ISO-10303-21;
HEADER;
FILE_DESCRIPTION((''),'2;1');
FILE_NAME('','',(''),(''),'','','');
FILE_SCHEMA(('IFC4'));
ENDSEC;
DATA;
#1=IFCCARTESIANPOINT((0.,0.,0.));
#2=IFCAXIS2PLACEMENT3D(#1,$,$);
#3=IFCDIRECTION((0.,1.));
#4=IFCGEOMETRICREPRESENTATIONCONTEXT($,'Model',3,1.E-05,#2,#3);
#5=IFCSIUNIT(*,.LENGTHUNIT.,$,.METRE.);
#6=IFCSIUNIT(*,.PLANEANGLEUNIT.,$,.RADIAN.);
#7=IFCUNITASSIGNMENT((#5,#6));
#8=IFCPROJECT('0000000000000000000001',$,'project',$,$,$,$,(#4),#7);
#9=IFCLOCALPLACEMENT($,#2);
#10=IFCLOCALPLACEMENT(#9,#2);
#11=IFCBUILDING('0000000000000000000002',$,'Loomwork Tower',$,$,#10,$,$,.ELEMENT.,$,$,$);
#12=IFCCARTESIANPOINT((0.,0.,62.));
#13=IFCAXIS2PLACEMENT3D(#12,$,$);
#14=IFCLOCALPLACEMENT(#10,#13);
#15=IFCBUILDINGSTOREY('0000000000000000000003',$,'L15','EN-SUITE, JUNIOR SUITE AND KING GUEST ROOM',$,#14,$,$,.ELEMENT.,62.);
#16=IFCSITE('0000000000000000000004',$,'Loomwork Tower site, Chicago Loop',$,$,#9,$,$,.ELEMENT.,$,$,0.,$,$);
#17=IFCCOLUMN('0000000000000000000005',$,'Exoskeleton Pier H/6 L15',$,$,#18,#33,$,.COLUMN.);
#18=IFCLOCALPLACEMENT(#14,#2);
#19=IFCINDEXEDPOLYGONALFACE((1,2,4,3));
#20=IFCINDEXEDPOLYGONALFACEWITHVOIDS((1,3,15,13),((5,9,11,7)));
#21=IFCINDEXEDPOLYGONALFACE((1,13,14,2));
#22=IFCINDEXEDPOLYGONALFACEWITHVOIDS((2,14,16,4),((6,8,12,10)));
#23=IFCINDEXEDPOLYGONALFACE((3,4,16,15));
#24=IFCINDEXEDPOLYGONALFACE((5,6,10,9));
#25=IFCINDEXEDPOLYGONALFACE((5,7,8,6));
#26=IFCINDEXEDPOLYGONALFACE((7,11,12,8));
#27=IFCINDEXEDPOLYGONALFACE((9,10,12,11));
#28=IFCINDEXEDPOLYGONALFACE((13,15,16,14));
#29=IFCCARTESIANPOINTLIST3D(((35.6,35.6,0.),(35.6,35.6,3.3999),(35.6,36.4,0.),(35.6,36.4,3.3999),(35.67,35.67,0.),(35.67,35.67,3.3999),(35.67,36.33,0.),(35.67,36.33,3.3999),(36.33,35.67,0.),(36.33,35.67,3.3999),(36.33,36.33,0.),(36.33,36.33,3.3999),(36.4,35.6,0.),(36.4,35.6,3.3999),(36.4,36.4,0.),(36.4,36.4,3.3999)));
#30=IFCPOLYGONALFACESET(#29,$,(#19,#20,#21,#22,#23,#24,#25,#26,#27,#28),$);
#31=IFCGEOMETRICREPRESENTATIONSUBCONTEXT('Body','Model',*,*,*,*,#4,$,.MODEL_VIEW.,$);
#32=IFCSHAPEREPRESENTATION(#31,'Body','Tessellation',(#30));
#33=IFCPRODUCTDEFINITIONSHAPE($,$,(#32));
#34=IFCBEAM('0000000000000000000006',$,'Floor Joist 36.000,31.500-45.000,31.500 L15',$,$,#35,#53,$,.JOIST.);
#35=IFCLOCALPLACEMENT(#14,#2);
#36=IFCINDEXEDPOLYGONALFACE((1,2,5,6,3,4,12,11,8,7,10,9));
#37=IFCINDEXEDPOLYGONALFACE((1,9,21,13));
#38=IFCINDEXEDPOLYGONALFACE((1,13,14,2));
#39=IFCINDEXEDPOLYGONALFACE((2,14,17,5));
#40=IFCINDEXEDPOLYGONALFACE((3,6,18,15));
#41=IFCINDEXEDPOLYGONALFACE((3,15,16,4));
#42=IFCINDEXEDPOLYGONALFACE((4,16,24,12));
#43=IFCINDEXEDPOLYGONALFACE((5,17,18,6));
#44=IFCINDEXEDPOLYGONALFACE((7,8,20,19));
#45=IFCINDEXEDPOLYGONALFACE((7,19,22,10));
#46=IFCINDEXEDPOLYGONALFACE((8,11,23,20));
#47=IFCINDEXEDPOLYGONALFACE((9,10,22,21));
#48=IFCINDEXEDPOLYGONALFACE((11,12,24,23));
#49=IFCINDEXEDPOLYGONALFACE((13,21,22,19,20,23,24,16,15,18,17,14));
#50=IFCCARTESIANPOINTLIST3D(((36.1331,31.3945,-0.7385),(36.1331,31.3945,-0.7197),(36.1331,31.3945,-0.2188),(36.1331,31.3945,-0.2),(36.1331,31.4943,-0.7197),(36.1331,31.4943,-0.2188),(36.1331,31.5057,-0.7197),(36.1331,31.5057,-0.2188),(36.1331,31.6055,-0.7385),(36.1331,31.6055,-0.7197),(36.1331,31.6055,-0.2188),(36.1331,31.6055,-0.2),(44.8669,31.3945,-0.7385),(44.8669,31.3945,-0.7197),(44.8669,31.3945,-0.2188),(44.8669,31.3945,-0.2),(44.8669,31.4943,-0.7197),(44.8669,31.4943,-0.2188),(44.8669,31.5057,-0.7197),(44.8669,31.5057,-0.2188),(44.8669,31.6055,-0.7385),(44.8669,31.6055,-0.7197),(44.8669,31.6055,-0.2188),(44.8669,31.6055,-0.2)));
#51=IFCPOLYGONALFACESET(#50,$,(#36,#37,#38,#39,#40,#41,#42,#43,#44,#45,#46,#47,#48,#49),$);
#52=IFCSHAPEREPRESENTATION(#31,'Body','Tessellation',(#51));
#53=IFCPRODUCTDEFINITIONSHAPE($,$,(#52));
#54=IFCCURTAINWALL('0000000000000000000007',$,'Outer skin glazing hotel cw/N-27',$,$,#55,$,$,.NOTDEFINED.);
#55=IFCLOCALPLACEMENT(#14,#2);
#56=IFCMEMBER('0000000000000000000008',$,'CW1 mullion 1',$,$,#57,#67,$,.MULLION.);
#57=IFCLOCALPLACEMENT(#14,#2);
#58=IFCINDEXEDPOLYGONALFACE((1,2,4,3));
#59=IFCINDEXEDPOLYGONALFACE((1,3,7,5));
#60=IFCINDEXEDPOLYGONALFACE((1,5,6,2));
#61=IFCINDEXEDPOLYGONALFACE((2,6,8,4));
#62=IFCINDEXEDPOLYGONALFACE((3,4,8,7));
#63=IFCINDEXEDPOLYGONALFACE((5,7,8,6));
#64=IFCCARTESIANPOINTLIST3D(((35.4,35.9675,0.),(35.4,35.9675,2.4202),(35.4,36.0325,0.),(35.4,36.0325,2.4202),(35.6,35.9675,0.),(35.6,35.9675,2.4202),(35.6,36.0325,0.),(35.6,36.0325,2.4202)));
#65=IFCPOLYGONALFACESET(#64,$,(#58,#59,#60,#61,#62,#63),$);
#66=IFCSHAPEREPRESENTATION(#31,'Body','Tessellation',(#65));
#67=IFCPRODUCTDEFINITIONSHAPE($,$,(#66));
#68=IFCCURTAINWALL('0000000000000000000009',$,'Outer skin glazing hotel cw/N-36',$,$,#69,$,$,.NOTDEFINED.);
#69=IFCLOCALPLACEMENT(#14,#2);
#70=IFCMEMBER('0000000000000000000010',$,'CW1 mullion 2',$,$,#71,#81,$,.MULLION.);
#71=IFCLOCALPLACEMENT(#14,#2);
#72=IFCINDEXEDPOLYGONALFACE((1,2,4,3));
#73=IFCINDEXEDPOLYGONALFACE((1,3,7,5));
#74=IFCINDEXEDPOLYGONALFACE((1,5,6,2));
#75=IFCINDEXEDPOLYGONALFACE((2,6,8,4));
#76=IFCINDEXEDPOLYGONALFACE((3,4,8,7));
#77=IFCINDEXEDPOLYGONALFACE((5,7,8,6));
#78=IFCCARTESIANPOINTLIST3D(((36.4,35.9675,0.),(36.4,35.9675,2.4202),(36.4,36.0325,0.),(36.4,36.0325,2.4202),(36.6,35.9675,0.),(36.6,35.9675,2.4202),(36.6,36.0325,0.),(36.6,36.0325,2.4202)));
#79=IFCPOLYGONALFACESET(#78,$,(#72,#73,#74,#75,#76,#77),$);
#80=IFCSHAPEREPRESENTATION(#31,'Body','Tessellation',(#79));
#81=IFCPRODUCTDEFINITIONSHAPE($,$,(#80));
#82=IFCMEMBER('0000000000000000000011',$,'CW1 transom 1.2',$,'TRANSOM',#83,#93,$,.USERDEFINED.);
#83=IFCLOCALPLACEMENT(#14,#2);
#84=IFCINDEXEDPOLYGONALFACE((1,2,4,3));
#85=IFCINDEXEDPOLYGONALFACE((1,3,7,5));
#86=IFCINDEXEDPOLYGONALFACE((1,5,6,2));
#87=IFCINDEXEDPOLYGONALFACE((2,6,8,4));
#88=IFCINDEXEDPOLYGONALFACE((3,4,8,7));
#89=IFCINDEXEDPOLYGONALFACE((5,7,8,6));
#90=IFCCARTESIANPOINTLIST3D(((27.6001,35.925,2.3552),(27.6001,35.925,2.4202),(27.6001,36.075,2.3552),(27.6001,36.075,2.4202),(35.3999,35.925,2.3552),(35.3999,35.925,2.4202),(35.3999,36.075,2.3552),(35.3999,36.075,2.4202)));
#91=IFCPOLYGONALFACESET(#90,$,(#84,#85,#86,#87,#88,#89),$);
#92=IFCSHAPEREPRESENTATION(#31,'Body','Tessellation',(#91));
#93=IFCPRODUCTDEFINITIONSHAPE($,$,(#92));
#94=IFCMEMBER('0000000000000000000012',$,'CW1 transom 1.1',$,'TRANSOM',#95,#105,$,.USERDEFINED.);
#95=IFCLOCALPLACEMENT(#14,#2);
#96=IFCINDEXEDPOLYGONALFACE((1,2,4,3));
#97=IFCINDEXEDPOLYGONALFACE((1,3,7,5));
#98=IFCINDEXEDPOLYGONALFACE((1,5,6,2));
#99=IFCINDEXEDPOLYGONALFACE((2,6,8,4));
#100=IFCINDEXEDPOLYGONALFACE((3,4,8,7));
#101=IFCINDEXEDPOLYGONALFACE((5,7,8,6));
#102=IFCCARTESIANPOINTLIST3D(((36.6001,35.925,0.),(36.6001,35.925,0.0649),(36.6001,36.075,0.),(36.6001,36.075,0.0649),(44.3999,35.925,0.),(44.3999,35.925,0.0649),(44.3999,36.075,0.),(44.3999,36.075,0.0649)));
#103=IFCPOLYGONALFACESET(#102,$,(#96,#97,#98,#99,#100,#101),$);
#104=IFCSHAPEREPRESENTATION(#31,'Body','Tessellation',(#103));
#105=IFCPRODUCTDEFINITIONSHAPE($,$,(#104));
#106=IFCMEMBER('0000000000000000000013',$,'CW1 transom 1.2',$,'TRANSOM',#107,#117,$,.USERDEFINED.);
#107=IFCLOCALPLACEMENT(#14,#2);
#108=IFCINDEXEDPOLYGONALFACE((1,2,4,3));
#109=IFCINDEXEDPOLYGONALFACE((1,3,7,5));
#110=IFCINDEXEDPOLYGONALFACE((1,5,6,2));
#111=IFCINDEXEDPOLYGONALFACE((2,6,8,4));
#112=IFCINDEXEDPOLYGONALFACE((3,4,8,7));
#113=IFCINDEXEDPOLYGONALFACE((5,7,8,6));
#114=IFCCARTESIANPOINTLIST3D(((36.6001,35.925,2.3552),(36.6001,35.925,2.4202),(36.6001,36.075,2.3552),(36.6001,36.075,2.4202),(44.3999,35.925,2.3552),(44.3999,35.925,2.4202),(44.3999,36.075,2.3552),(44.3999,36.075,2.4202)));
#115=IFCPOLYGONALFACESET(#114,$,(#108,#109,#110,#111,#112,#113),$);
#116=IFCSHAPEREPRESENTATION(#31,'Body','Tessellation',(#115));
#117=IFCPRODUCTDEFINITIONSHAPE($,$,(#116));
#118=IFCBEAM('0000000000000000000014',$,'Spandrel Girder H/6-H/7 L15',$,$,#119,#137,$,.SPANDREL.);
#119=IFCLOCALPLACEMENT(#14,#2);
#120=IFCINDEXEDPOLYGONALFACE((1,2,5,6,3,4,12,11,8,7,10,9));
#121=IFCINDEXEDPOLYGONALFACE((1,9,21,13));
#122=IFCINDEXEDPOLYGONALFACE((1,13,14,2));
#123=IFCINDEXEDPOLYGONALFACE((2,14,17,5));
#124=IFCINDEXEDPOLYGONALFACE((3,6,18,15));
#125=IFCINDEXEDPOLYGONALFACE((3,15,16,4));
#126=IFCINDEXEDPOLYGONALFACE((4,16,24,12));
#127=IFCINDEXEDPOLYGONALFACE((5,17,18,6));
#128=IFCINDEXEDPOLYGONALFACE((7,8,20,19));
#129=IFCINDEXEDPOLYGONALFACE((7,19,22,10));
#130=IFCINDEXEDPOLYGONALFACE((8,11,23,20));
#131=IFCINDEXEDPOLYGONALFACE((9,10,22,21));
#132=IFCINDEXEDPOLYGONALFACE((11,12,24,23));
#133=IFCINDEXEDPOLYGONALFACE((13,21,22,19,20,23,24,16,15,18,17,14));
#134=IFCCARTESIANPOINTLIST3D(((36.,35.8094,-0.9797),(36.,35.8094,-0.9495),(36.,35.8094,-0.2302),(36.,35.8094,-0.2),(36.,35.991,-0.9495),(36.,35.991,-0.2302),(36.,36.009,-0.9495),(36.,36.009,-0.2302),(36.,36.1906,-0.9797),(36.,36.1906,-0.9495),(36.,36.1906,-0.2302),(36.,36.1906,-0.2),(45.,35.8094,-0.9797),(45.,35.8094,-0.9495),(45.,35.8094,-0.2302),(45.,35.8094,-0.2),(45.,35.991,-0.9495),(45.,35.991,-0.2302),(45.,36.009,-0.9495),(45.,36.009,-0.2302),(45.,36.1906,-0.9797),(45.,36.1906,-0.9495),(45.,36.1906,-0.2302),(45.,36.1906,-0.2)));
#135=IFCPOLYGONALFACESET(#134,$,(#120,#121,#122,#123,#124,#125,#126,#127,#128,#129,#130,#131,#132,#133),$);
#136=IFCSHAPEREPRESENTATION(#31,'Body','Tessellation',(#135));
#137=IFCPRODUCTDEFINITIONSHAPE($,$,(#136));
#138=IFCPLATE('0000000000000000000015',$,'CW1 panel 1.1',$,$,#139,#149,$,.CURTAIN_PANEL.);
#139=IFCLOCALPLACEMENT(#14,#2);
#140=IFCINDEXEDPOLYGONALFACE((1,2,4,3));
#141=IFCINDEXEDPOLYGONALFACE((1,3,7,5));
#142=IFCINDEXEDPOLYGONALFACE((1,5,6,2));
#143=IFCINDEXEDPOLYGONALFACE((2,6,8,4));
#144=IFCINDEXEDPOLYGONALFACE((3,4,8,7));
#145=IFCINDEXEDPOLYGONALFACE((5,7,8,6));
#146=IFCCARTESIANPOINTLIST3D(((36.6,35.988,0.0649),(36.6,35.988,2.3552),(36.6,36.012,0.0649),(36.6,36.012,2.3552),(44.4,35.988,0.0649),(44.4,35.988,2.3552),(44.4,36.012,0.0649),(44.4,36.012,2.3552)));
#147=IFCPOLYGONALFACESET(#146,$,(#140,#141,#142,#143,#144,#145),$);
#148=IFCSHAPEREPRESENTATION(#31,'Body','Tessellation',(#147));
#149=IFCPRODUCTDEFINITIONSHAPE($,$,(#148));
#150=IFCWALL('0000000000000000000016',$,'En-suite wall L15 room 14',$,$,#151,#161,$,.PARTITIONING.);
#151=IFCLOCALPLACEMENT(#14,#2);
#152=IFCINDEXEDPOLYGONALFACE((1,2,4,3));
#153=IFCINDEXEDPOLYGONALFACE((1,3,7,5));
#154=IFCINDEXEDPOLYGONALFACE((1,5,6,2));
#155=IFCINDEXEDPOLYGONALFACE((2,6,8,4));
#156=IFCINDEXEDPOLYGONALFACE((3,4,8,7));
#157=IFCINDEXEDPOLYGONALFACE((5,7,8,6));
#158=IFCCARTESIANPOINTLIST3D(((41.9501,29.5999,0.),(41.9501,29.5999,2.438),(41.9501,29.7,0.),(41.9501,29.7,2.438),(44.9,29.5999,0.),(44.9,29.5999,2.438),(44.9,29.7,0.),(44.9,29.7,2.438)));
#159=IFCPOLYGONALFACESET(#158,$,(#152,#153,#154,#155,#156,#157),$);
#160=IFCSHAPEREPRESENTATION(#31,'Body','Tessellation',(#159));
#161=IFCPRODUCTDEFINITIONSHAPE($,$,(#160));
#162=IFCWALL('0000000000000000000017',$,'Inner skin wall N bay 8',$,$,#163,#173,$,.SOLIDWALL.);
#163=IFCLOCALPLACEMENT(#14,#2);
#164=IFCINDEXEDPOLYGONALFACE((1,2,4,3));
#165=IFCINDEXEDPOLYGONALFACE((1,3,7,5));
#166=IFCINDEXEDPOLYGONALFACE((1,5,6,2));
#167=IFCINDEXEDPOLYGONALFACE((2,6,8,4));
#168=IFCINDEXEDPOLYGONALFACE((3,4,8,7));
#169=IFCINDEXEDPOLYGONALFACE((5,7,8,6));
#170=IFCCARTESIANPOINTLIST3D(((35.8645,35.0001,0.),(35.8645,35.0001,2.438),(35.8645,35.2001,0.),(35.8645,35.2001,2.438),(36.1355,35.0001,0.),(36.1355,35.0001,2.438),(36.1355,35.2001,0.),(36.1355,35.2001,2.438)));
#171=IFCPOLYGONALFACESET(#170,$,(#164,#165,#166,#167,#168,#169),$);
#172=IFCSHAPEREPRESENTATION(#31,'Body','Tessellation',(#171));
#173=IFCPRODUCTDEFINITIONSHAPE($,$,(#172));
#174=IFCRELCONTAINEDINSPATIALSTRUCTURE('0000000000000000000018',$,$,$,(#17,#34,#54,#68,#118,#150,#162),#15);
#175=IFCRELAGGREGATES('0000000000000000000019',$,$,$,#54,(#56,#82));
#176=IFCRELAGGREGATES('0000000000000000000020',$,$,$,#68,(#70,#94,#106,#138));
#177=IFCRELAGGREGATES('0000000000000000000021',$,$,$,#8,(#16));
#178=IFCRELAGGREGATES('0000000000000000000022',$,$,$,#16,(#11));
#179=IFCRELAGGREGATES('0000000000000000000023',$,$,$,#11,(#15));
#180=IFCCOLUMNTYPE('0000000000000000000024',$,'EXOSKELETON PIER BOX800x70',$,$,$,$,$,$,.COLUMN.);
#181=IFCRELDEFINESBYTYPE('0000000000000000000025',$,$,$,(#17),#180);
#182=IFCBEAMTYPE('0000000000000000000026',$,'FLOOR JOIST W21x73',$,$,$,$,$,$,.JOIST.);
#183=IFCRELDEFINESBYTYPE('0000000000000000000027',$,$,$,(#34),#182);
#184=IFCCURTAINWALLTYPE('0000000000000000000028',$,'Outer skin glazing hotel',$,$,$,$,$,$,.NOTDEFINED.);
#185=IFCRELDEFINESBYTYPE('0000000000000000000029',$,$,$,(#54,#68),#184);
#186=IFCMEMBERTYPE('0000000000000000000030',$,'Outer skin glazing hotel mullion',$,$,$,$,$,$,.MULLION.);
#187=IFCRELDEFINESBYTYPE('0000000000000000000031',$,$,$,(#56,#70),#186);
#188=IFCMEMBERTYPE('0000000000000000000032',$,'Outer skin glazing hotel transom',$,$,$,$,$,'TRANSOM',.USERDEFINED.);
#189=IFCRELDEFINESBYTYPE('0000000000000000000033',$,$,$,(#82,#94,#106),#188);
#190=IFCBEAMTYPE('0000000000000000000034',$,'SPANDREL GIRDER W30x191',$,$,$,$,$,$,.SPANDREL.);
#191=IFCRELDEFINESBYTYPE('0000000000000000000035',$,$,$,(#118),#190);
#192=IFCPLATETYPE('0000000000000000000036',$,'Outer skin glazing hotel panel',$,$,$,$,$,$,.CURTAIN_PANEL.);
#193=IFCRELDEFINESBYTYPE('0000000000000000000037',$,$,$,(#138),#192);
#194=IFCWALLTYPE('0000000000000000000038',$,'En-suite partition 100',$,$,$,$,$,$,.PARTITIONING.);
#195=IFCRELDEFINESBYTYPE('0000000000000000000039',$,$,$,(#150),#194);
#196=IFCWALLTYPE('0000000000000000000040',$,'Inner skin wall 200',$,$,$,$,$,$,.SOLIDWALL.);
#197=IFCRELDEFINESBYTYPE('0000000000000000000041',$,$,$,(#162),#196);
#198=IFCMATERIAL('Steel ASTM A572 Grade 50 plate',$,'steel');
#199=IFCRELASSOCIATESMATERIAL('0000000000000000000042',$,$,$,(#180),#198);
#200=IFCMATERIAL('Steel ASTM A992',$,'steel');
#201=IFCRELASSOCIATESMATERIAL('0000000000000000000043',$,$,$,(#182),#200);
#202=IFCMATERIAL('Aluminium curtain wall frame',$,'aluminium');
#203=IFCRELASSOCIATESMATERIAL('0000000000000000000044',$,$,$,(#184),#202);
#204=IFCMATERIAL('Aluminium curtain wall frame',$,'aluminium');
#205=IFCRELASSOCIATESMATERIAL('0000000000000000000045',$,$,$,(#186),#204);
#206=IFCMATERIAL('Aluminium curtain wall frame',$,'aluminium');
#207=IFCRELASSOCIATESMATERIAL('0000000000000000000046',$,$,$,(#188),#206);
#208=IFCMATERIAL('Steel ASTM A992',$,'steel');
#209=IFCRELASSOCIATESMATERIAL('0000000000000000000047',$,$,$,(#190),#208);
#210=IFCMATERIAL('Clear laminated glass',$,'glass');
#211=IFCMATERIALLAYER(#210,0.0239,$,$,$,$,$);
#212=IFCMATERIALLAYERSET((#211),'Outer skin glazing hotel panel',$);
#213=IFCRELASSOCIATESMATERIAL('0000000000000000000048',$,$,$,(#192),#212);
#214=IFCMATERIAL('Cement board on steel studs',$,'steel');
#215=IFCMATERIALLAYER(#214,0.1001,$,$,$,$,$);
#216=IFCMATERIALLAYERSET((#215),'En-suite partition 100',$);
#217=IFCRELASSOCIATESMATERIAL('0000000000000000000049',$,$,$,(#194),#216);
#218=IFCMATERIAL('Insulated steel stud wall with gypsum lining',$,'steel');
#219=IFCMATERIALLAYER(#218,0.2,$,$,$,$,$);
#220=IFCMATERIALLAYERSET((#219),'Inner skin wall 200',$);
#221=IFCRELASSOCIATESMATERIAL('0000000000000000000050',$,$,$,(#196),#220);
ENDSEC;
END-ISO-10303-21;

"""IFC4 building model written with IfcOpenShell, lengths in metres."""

from ifc_helpers import new_model, si_unit, direction, frame, frame_2d, origin, origin_2d, place, context, subcontext, project, spatial, rectangle, hollow_rectangle, i_section, extrude, material, layer, layer_set, material_profile, profile_set, type_object, element, aggregate, save


model = new_model("IFC4")

# Units and contexts
model_context = context("Model", 3, precision=1e-05, world=origin(), true_north=direction((0.0, 1.0)))
body_context = subcontext(model_context, "Body", "Model", "MODEL_VIEW")
ifc_project = project(units=[si_unit("LENGTHUNIT", "METRE"), si_unit("PLANEANGLEUNIT", "RADIAN")], contexts=[model_context])

# Site, building, storey
site_placement = place(None, origin())
site = spatial("IfcSite", under=ifc_project, at=site_placement, Name="Loomwork Tower site, Chicago Loop", CompositionType="ELEMENT", RefElevation=0.0)
building_placement = place(site_placement, origin())
building = spatial("IfcBuilding", under=site, at=building_placement, Name="Loomwork Tower", CompositionType="ELEMENT")
storey_placement = place(building_placement, frame((0.0, 0.0, 62.0)))
storey = spatial("IfcBuildingStorey", under=building, at=storey_placement, Name="L15", Description="EN-SUITE, JUNIOR SUITE AND KING GUEST ROOM", CompositionType="ELEMENT", Elevation=62.0)

# Column
ifc_material_1 = material(Name="Steel ASTM A572 Grade 50 plate", Category="steel")
ifc_material_profile_1 = material_profile(ifc_material_1, hollow_rectangle(XDim=0.8, YDim=0.8, WallThickness=0.0701, at=origin_2d()), Name="BOX800x70")
ifc_profile_set_1 = profile_set([ifc_material_profile_1], Name="Steel ASTM A572 Grade 50 plate")
column_type = type_object("IfcColumnType", Name="EXOSKELETON PIER BOX800x70", PredefinedType="COLUMN", material=ifc_profile_set_1)
column_placement = place(storey_placement, frame((36.0, 36.0, 0.0), z_axis=(0.0, 0.0, 1.0), x_axis=(1.0, 0.0, 0.0)))
element("IfcColumn", 1, at=column_placement, inside=storey, type_object=column_type, Name="Exoskeleton Pier H/6 L15", PredefinedType="COLUMN", context=body_context, shape_type="SweptSolid", body=[
    extrude(hollow_rectangle(XDim=0.8, YDim=0.8, WallThickness=0.0701, at=origin_2d()), origin(), (0.0, 0.0, 1.0), 3.3999),
])

# Beam
ifc_material_2 = material(Name="Steel ASTM A992", Category="steel")
ifc_material_profile_2 = material_profile(ifc_material_2, i_section(OverallWidth=0.2109, OverallDepth=0.5386, WebThickness=0.0115, FlangeThickness=0.0188, at=origin_2d()), Name="W21x73")
ifc_profile_set_2 = profile_set([ifc_material_profile_2], Name="Steel ASTM A992")
beam_type_1 = type_object("IfcBeamType", Name="FLOOR JOIST W21x73", PredefinedType="JOIST", material=ifc_profile_set_2)
beam_1_placement = place(storey_placement, frame((36.1331, 31.5, -0.4692), z_axis=(1.0, 0.0, 0.0), x_axis=(0.0, 1.0, 0.0)))
element("IfcBeam", 2, at=beam_1_placement, inside=storey, type_object=beam_type_1, Name="Floor Joist 36.000,31.500-45.000,31.500 L15", PredefinedType="JOIST", context=body_context, shape_type="SweptSolid", body=[
    extrude(i_section(OverallWidth=0.2109, OverallDepth=0.5386, WebThickness=0.0115, FlangeThickness=0.0188, at=origin_2d()), origin(), (0.0, 0.0, 1.0), 8.7339),
])

# Curtain walls, members
ifc_material_3 = material(Name="Aluminium curtain wall frame", Category="aluminium")
curtain_wall_type = type_object("IfcCurtainWallType", Name="Outer skin glazing hotel", PredefinedType="NOTDEFINED", material=ifc_material_3)
curtain_wall_1_placement = place(storey_placement, origin())
curtain_wall_1 = element("IfcCurtainWall", 3, at=curtain_wall_1_placement, inside=storey, type_object=curtain_wall_type, Name="Outer skin glazing hotel cw/N-27", PredefinedType="NOTDEFINED")
ifc_material_4 = material(Name="Aluminium curtain wall frame", Category="aluminium")
ifc_material_profile_3 = material_profile(ifc_material_4, rectangle(XDim=0.0649, YDim=0.2, at=origin_2d()), Name="AL 65x200")
ifc_profile_set_3 = profile_set([ifc_material_profile_3], Name="Aluminium curtain wall frame")
member_type_1 = type_object("IfcMemberType", Name="Outer skin glazing hotel mullion", PredefinedType="MULLION", material=ifc_profile_set_3)
member_1_placement = place(storey_placement, frame((35.5, 36.0, 0.0), z_axis=(0.0, 0.0, 1.0), x_axis=(0.0, -1.0, 0.0)))
member_1 = element("IfcMember", 4, at=member_1_placement, type_object=member_type_1, Name="CW1 mullion 1", PredefinedType="MULLION", context=body_context, shape_type="SweptSolid", body=[
    extrude(rectangle(XDim=0.0649, YDim=0.2, at=origin_2d()), origin(), (0.0, 0.0, 1.0), 2.4202),
])
curtain_wall_2_placement = place(storey_placement, origin())
curtain_wall_2 = element("IfcCurtainWall", 5, at=curtain_wall_2_placement, inside=storey, type_object=curtain_wall_type, Name="Outer skin glazing hotel cw/N-36", PredefinedType="NOTDEFINED")
member_2_placement = place(storey_placement, frame((36.5, 36.0, 0.0), z_axis=(0.0, 0.0, 1.0), x_axis=(0.0, -1.0, 0.0)))
member_2 = element("IfcMember", 6, at=member_2_placement, type_object=member_type_1, Name="CW1 mullion 2", PredefinedType="MULLION", context=body_context, shape_type="SweptSolid", body=[
    extrude(rectangle(XDim=0.0649, YDim=0.2, at=origin_2d()), origin(), (0.0, 0.0, 1.0), 2.4202),
])

# Members
ifc_material_5 = material(Name="Aluminium curtain wall frame", Category="aluminium")
ifc_material_profile_4 = material_profile(ifc_material_5, rectangle(XDim=0.1499, YDim=0.0649, at=origin_2d()), Name="AL 65x150")
ifc_profile_set_4 = profile_set([ifc_material_profile_4], Name="Aluminium curtain wall frame")
member_type_2 = type_object("IfcMemberType", Name="Outer skin glazing hotel transom", ElementType="TRANSOM", PredefinedType="USERDEFINED", material=ifc_profile_set_4)
member_3_placement = place(storey_placement, frame((35.3999, 36.0, 2.3877), z_axis=(-1.0, 0.0, 0.0), x_axis=(0.0, -1.0, 0.0)))
member_3 = element("IfcMember", 7, at=member_3_placement, type_object=member_type_2, Name="CW1 transom 1.2", ObjectType="TRANSOM", PredefinedType="USERDEFINED", context=body_context, shape_type="SweptSolid", body=[
    extrude(rectangle(XDim=0.1499, YDim=0.0649, at=origin_2d()), origin(), (0.0, 0.0, 1.0), 7.7998),
])
aggregate(curtain_wall_1, [member_1, member_3])
member_4_placement = place(storey_placement, frame((44.3999, 36.0, 0.0325), z_axis=(-1.0, 0.0, 0.0), x_axis=(0.0, -1.0, 0.0)))
member_4 = element("IfcMember", 8, at=member_4_placement, type_object=member_type_2, Name="CW1 transom 1.1", ObjectType="TRANSOM", PredefinedType="USERDEFINED", context=body_context, shape_type="SweptSolid", body=[
    extrude(rectangle(XDim=0.1499, YDim=0.0649, at=origin_2d()), origin(), (0.0, 0.0, 1.0), 7.7998),
])
member_5_placement = place(storey_placement, frame((44.3999, 36.0, 2.3877), z_axis=(-1.0, 0.0, 0.0), x_axis=(0.0, -1.0, 0.0)))
member_5 = element("IfcMember", 9, at=member_5_placement, type_object=member_type_2, Name="CW1 transom 1.2", ObjectType="TRANSOM", PredefinedType="USERDEFINED", context=body_context, shape_type="SweptSolid", body=[
    extrude(rectangle(XDim=0.1499, YDim=0.0649, at=origin_2d()), origin(), (0.0, 0.0, 1.0), 7.7998),
])

# Beam
ifc_material_6 = material(Name="Steel ASTM A992", Category="steel")
ifc_material_profile_5 = material_profile(ifc_material_6, i_section(OverallWidth=0.3811, OverallDepth=0.7798, WebThickness=0.0181, FlangeThickness=0.0303, at=origin_2d()), Name="W30x191")
ifc_profile_set_5 = profile_set([ifc_material_profile_5], Name="Steel ASTM A992")
beam_type_2 = type_object("IfcBeamType", Name="SPANDREL GIRDER W30x191", PredefinedType="SPANDREL", material=ifc_profile_set_5)
beam_2_placement = place(storey_placement, frame((36.0, 36.0, -0.5898), z_axis=(1.0, 0.0, 0.0), x_axis=(0.0, 1.0, 0.0)))
element("IfcBeam", 10, at=beam_2_placement, inside=storey, type_object=beam_type_2, Name="Spandrel Girder H/6-H/7 L15", PredefinedType="SPANDREL", context=body_context, shape_type="SweptSolid", body=[
    extrude(i_section(OverallWidth=0.3811, OverallDepth=0.7798, WebThickness=0.0181, FlangeThickness=0.0303, at=origin_2d()), origin(), (0.0, 0.0, 1.0), 9.0),
])

# Plate
ifc_material_7 = material(Name="Clear laminated glass", Category="glass")
ifc_layer_1 = layer(ifc_material_7, 0.0239)
ifc_layer_set_1 = layer_set([ifc_layer_1], Name="Outer skin glazing hotel panel")
plate_type = type_object("IfcPlateType", Name="Outer skin glazing hotel panel", PredefinedType="CURTAIN_PANEL", material=ifc_layer_set_1)
plate_placement = place(storey_placement, frame((40.5, 36.0, 0.0649), z_axis=(0.0, 0.0, 1.0), x_axis=(-1.0, 0.0, 0.0)))
plate = element("IfcPlate", 11, at=plate_placement, type_object=plate_type, Name="CW1 panel 1.1", PredefinedType="CURTAIN_PANEL", context=body_context, shape_type="SweptSolid", body=[
    extrude(rectangle(XDim=7.8, YDim=0.0239, at=origin_2d()), origin(), (0.0, 0.0, 1.0), 2.2903),
])
aggregate(curtain_wall_2, [member_2, member_4, member_5, plate])

# Walls
ifc_material_8 = material(Name="Cement board on steel studs", Category="steel")
ifc_layer_2 = layer(ifc_material_8, 0.1001)
ifc_layer_set_2 = layer_set([ifc_layer_2], Name="En-suite partition 100")
wall_type_1 = type_object("IfcWallType", Name="En-suite partition 100", PredefinedType="PARTITIONING", material=ifc_layer_set_2)
wall_1_placement = place(storey_placement, frame((41.95, 29.6499, 0.0), z_axis=(0.0, 0.0, 1.0), x_axis=(1.0, 0.0, 0.0)))
element("IfcWall", 12, at=wall_1_placement, inside=storey, type_object=wall_type_1, Name="En-suite wall L15 room 14", PredefinedType="PARTITIONING", context=body_context, shape_type="SweptSolid", body=[
    extrude(rectangle(XDim=2.95, YDim=0.1001, at=frame_2d((1.4751, 0.0))), origin(), (0.0, 0.0, 1.0), 2.438),
])
ifc_material_9 = material(Name="Insulated steel stud wall with gypsum lining", Category="steel")
ifc_layer_3 = layer(ifc_material_9, 0.2)
ifc_layer_set_3 = layer_set([ifc_layer_3], Name="Inner skin wall 200")
wall_type_2 = type_object("IfcWallType", Name="Inner skin wall 200", PredefinedType="SOLIDWALL", material=ifc_layer_set_3)
wall_2_placement = place(storey_placement, frame((35.8645, 35.1001, 0.0), z_axis=(0.0, 0.0, 1.0), x_axis=(1.0, 0.0, 0.0)))
element("IfcWall", 13, at=wall_2_placement, inside=storey, type_object=wall_type_2, Name="Inner skin wall N bay 8", PredefinedType="SOLIDWALL", context=body_context, shape_type="SweptSolid", body=[
    extrude(rectangle(XDim=0.271, YDim=0.2, at=frame_2d((0.1355, 0.0))), origin(), (0.0, 0.0, 1.0), 2.438),
])

save(model, "model.ifc")
